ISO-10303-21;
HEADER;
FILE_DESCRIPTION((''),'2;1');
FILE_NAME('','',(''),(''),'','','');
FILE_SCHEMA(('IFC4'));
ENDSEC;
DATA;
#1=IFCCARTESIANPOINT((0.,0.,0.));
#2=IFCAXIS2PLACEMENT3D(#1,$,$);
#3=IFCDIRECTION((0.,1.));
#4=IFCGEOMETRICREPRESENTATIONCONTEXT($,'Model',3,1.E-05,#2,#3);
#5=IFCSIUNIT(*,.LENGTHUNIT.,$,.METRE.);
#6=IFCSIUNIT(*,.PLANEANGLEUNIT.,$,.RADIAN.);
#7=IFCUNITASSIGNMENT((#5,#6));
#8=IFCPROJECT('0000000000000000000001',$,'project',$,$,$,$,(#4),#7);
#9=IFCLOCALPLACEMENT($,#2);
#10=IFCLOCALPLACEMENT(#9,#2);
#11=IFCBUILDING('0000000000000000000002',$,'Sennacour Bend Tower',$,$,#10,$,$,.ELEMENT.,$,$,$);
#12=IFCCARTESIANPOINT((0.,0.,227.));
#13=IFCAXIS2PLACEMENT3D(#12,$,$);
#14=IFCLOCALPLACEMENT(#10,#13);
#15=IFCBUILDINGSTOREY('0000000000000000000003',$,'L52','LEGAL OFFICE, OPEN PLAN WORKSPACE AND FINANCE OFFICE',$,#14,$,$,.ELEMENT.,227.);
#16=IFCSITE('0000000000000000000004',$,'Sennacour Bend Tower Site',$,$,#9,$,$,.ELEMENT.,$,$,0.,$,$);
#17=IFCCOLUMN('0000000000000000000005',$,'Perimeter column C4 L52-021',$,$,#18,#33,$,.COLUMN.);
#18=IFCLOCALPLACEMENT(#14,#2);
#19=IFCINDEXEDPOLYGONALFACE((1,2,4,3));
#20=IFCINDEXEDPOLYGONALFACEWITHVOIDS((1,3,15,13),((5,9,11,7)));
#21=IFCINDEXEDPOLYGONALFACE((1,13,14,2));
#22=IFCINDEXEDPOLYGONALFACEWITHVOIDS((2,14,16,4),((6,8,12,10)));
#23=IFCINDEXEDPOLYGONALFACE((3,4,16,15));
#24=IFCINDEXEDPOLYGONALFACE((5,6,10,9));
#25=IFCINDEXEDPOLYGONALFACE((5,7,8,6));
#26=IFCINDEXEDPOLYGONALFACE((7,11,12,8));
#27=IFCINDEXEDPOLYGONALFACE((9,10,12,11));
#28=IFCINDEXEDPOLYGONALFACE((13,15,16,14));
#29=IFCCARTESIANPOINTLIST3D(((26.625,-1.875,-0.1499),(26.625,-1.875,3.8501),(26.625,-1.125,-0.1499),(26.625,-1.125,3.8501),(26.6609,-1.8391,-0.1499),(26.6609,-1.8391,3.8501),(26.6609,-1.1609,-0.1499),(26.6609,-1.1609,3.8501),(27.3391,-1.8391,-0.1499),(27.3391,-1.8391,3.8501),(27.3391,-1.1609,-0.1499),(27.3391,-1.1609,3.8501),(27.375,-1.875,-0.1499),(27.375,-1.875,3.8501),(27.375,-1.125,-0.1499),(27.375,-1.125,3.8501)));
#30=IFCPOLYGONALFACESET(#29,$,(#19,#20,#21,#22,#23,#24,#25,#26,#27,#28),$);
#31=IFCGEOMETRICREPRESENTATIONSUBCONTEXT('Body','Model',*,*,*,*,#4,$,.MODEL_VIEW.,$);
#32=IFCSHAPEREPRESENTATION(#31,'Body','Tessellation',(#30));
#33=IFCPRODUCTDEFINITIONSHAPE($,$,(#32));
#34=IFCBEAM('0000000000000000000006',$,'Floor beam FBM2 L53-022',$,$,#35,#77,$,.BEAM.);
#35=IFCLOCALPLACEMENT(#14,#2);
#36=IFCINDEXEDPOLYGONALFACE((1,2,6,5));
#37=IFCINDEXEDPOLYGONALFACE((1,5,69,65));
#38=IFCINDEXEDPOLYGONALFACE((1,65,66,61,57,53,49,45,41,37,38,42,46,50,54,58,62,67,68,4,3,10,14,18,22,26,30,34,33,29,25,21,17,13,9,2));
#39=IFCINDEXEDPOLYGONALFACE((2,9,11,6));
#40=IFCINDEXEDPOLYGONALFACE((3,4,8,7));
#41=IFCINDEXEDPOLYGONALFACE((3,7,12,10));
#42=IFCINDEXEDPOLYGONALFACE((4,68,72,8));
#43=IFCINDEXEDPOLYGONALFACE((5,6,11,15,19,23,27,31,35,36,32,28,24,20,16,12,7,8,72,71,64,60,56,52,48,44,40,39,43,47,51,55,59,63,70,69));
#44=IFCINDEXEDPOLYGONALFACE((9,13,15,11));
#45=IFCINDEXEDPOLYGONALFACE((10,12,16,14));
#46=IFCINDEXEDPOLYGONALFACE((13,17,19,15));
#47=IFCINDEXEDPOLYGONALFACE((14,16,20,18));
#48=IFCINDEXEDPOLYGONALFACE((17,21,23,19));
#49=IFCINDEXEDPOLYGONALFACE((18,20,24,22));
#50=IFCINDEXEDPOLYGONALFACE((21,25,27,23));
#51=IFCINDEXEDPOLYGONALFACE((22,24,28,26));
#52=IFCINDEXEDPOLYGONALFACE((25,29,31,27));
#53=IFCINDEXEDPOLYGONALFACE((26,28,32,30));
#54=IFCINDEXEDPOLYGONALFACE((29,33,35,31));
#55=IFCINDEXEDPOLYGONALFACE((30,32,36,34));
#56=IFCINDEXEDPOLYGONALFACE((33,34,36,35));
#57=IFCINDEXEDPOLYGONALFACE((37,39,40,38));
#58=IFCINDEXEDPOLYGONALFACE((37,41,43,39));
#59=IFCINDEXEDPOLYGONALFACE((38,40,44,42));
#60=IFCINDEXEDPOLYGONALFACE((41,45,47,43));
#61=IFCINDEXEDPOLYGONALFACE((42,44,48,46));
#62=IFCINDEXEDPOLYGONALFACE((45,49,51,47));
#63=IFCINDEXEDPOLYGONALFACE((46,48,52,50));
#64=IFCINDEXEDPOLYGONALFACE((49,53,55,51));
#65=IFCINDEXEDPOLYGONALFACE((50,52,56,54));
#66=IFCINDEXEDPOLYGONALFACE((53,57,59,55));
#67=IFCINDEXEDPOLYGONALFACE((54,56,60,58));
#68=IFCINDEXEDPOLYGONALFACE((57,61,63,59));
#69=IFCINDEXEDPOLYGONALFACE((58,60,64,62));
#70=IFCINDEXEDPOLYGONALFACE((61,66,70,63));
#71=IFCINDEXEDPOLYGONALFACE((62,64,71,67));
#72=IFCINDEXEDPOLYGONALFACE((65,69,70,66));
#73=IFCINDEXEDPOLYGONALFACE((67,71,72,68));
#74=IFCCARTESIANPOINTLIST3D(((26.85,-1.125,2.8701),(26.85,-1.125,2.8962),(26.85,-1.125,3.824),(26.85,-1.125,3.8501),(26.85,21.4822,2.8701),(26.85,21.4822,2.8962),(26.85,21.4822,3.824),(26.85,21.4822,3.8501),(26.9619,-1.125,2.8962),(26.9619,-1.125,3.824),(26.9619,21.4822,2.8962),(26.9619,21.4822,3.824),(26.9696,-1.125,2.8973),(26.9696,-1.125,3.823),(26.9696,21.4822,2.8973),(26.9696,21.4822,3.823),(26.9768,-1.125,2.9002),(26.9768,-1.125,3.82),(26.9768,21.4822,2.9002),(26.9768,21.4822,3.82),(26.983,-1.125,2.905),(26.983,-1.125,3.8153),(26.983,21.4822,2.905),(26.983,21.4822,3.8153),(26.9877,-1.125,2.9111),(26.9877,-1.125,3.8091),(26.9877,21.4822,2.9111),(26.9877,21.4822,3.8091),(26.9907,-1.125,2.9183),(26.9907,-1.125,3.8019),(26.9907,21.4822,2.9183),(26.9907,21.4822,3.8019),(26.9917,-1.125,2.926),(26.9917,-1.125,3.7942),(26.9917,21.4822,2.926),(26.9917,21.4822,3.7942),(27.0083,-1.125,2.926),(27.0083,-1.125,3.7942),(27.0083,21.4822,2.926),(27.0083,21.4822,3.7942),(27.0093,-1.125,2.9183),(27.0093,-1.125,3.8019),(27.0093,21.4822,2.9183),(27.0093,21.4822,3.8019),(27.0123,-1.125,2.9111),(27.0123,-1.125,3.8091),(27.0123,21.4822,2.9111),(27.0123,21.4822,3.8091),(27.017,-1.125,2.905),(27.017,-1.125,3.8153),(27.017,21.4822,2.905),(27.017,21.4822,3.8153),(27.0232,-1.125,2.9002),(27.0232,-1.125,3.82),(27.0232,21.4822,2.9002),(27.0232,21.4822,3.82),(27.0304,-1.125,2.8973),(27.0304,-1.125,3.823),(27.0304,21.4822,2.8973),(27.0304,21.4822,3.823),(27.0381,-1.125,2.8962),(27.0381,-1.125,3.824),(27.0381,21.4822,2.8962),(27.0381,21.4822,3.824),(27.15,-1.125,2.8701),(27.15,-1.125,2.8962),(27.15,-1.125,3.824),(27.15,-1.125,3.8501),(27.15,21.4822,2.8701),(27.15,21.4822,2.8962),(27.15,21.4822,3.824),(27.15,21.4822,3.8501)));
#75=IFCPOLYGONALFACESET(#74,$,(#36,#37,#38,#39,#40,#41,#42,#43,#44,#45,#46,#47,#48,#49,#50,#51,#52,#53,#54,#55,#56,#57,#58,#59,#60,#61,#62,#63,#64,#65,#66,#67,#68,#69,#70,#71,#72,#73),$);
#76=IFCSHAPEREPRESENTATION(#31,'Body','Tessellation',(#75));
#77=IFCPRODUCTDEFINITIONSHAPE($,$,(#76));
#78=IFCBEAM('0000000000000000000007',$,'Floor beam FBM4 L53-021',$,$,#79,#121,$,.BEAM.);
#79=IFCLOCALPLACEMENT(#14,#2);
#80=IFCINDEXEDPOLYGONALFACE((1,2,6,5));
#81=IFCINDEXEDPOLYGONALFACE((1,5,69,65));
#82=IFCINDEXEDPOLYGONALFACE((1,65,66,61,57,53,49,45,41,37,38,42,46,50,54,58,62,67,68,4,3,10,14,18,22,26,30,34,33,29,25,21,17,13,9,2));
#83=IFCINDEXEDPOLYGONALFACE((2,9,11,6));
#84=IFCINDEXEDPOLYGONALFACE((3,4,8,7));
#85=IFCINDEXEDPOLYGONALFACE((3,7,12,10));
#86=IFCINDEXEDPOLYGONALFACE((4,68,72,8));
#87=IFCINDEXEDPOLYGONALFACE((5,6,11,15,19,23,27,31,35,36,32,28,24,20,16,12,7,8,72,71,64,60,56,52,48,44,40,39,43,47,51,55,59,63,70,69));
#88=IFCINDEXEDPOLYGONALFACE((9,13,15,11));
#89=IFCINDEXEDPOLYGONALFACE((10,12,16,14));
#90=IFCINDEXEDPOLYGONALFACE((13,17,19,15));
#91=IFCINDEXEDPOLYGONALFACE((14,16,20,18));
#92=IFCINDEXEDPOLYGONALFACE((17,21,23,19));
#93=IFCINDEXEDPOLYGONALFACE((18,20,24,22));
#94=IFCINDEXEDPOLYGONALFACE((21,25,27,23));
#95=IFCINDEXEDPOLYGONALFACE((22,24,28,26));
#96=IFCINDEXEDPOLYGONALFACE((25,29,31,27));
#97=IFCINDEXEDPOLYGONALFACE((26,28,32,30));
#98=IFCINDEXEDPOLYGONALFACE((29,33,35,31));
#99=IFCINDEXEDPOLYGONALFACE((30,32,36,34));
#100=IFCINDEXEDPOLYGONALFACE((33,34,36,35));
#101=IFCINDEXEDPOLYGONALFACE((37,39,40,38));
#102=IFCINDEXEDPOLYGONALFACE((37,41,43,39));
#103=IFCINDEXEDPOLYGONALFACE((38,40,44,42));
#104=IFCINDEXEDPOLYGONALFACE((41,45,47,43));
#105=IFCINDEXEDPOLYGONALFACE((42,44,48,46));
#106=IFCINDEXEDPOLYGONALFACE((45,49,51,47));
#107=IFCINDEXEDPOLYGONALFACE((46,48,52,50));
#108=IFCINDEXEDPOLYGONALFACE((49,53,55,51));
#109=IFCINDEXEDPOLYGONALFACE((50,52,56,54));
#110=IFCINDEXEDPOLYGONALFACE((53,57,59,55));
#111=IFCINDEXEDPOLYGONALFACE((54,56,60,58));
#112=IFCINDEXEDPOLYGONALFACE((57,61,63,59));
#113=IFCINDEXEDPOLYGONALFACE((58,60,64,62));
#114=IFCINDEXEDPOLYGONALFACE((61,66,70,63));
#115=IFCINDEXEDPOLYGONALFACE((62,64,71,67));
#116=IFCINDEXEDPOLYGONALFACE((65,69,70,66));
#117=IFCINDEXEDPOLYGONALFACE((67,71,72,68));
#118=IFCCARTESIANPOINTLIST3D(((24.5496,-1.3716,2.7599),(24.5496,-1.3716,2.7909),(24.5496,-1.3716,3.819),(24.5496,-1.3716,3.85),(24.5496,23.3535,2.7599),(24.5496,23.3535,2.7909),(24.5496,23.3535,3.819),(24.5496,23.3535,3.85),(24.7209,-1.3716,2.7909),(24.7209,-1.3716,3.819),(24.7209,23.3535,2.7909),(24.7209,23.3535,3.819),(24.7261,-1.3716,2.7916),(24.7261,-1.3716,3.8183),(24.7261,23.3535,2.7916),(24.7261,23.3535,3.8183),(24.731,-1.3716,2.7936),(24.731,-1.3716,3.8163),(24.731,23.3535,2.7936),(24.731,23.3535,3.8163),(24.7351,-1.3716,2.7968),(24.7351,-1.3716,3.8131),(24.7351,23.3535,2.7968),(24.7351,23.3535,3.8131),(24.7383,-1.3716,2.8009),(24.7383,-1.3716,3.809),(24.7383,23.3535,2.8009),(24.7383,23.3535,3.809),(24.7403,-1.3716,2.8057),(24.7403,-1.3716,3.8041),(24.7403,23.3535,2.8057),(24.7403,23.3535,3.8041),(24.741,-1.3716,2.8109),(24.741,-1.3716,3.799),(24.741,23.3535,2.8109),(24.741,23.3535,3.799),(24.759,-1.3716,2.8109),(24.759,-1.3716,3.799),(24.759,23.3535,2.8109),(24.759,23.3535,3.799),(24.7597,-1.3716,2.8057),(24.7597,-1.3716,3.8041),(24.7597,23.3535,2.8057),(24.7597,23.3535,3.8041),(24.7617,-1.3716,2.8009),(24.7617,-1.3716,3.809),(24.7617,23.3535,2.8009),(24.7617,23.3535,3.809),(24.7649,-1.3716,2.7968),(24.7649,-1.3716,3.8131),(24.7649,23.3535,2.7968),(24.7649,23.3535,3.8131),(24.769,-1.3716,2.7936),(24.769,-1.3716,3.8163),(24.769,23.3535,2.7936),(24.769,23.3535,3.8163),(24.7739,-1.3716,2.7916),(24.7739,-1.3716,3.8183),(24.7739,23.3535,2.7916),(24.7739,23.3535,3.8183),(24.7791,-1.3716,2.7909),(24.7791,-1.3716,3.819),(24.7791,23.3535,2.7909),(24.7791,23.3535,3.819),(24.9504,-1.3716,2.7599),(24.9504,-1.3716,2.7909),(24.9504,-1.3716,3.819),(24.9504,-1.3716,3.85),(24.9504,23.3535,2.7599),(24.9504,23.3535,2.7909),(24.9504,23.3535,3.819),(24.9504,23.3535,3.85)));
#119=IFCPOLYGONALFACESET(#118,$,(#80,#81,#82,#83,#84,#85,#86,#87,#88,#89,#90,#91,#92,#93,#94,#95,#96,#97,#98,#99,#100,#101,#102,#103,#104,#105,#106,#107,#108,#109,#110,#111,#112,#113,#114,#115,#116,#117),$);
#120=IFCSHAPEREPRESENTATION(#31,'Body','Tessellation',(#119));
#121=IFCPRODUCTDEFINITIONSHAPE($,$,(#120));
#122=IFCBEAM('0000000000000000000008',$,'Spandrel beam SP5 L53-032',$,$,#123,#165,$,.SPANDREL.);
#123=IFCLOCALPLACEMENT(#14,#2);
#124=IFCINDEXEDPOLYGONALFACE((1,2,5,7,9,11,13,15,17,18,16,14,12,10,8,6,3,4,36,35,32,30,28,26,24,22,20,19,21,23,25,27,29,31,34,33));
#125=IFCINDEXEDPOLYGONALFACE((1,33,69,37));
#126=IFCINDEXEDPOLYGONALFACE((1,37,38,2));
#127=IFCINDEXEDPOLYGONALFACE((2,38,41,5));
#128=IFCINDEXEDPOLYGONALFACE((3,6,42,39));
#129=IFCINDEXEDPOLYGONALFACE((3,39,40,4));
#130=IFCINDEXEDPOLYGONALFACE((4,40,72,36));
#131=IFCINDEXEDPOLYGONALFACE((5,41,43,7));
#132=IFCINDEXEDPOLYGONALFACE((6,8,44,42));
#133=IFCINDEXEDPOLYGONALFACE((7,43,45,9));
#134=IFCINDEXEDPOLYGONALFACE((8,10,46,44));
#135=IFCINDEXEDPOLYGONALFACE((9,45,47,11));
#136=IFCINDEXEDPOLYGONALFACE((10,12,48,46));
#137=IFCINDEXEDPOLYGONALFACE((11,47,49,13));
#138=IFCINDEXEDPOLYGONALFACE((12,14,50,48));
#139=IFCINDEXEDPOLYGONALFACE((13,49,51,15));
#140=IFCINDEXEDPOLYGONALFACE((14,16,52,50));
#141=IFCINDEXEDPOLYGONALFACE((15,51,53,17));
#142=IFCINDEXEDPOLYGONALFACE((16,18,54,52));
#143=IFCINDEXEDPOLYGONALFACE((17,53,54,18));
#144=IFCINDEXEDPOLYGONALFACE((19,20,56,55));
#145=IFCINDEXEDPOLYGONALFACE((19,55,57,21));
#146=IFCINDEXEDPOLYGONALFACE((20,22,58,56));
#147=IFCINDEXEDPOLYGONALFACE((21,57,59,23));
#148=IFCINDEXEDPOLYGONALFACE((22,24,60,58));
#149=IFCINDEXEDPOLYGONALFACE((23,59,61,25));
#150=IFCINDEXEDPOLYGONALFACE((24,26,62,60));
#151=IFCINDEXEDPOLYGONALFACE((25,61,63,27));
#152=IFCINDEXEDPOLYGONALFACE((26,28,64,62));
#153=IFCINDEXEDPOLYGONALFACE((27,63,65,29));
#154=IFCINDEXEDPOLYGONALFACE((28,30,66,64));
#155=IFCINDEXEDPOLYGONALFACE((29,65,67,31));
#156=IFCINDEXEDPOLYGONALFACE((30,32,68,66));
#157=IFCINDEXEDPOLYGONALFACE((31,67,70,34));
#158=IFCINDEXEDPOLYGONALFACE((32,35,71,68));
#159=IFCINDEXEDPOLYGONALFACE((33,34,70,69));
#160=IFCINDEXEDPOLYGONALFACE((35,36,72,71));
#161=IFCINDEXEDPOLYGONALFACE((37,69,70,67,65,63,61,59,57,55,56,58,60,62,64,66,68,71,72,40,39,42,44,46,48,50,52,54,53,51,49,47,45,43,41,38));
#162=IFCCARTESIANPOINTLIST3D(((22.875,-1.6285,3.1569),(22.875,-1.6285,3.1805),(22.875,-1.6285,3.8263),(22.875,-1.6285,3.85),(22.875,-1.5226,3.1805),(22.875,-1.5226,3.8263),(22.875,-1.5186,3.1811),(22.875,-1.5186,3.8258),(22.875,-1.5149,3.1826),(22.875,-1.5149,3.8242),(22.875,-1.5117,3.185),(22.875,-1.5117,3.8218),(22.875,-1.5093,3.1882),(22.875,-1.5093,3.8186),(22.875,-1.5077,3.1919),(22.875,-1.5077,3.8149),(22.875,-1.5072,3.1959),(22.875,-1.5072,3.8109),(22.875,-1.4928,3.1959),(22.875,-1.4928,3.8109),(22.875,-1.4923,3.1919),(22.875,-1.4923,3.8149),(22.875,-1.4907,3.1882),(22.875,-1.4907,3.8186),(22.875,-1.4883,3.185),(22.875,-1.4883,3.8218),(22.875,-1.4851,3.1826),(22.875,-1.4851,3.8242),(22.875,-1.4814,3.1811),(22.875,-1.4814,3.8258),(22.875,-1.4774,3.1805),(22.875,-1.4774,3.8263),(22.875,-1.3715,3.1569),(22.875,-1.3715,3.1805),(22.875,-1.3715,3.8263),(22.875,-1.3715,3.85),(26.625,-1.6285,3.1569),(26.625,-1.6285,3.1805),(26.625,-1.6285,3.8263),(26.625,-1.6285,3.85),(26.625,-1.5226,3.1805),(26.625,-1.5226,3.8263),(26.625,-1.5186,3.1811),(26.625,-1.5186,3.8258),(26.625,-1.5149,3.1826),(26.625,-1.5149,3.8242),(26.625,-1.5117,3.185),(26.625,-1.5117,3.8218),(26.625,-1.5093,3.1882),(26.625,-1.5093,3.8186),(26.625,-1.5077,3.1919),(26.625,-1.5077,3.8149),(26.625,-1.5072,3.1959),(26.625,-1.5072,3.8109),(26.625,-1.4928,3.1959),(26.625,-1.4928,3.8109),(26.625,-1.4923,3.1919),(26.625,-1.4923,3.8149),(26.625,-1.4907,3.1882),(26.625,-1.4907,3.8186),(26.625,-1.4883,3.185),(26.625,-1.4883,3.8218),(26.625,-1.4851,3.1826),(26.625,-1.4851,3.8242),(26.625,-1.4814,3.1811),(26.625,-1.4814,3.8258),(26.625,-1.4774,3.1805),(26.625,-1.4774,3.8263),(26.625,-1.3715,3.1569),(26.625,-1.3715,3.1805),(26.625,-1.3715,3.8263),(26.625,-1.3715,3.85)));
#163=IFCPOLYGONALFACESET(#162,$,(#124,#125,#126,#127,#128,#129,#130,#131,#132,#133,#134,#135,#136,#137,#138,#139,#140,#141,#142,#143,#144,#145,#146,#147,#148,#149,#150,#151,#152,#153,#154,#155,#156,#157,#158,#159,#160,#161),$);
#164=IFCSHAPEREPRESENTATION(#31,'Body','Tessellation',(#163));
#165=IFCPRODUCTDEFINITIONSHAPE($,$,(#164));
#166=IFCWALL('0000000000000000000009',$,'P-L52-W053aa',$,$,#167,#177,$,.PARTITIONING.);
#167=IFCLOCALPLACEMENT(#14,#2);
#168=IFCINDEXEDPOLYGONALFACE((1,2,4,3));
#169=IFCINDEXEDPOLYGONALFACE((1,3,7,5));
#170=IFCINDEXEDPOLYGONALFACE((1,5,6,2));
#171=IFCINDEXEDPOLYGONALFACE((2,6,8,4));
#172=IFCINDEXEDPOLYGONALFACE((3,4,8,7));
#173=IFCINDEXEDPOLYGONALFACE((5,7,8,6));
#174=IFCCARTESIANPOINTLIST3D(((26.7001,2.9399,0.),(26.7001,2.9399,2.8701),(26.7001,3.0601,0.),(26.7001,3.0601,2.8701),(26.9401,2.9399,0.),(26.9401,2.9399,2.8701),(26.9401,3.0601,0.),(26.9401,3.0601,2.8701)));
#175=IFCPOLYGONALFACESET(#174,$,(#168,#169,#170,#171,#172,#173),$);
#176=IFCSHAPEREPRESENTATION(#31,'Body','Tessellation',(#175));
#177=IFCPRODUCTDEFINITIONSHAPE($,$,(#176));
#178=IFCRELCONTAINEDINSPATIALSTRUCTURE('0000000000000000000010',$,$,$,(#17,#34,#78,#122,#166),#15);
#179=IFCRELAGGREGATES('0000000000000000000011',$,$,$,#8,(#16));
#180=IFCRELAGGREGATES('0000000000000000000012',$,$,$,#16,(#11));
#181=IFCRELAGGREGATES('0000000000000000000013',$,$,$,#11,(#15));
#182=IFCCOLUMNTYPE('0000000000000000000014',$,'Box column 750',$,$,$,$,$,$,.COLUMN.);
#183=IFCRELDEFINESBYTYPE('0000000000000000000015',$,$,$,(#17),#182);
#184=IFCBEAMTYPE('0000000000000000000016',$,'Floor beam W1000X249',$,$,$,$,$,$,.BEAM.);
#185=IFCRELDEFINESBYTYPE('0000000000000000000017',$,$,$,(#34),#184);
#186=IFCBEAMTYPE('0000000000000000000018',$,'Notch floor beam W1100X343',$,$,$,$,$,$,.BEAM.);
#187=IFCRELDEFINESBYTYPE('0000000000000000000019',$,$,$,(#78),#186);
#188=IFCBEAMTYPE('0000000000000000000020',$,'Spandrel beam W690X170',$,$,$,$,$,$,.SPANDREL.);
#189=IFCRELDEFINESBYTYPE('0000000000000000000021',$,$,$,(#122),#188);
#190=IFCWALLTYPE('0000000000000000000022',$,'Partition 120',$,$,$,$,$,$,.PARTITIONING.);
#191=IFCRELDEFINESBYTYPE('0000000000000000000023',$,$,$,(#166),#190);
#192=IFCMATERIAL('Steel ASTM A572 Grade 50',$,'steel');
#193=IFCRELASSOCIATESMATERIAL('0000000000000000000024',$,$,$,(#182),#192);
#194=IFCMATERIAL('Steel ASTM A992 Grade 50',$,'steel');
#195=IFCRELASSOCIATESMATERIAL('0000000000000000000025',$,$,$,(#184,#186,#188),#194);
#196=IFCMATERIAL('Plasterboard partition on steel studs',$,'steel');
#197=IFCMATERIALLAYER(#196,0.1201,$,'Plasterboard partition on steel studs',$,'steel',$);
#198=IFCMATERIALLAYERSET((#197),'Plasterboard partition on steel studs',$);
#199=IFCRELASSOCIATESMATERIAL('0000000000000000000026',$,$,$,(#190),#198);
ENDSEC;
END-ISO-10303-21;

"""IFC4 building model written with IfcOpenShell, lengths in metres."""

from ifc_helpers import new_model, si_unit, direction, frame, frame_2d, origin, origin_2d, place, context, subcontext, project, spatial, rectangle, hollow_rectangle, i_section, extrude, material, layer, layer_set, material_profile, profile_set, type_object, element, save


model = new_model("IFC4")

# Units and contexts
model_context = context("Model", 3, precision=1e-05, world=origin(), true_north=direction((0.0, 1.0)))
body_context = subcontext(model_context, "Body", "Model", "MODEL_VIEW")
ifc_project = project(units=[si_unit("LENGTHUNIT", "METRE"), si_unit("PLANEANGLEUNIT", "RADIAN")], contexts=[model_context])

# Site, building, storey
site_placement = place(None, origin())
site = spatial("IfcSite", under=ifc_project, at=site_placement, Name="Sennacour Bend Tower Site", CompositionType="ELEMENT", RefElevation=0.0)
building_placement = place(site_placement, origin())
building = spatial("IfcBuilding", under=site, at=building_placement, Name="Sennacour Bend Tower", CompositionType="ELEMENT")
storey_placement = place(building_placement, frame((0.0, 0.0, 227.0)))
storey = spatial("IfcBuildingStorey", under=building, at=storey_placement, Name="L52", Description="LEGAL OFFICE, OPEN PLAN WORKSPACE AND FINANCE OFFICE", CompositionType="ELEMENT", Elevation=227.0)

# Column
ifc_material_1 = material(Name="Steel ASTM A572 Grade 50", Category="steel")
ifc_material_profile_1 = material_profile(ifc_material_1, hollow_rectangle(XDim=0.75, YDim=0.75, WallThickness=0.0359, at=origin_2d()), Name="Steel ASTM A572 Grade 50", Category="steel")
ifc_profile_set_1 = profile_set([ifc_material_profile_1], Name="Steel ASTM A572 Grade 50")
column_type = type_object("IfcColumnType", Name="Box column 750", PredefinedType="COLUMN", material=ifc_profile_set_1)
column_placement = place(storey_placement, frame((27.0, -1.5, -0.1499), z_axis=(0.0, 0.0, 1.0), x_axis=(1.0, 0.0, 0.0)))
element("IfcColumn", 1, at=column_placement, inside=storey, type_object=column_type, Name="Perimeter column C4 L52-021", PredefinedType="COLUMN", context=body_context, shape_type="SweptSolid", body=[
    extrude(hollow_rectangle(XDim=0.75, YDim=0.75, WallThickness=0.0359, at=origin_2d()), origin(), (0.0, 0.0, 1.0), 4.0),
])

# Beams
ifc_material_2 = material(Name="Steel ASTM A992 Grade 50", Category="steel")
ifc_material_profile_2 = material_profile(ifc_material_2, i_section(OverallWidth=0.3, OverallDepth=0.98, WebThickness=0.0166, FlangeThickness=0.0261, FilletRadius=0.0298, at=origin_2d()), Name="Steel ASTM A992 Grade 50", Category="steel")
ifc_profile_set_2 = profile_set([ifc_material_profile_2], Name="Steel ASTM A992 Grade 50")
beam_type_1 = type_object("IfcBeamType", Name="Floor beam W1000X249", PredefinedType="BEAM", material=ifc_profile_set_2)
beam_1_placement = place(storey_placement, frame((27.0, -1.125, 3.3601), z_axis=(0.0, 1.0, 0.0), x_axis=(-1.0, 0.0, 0.0)))
element("IfcBeam", 2, at=beam_1_placement, inside=storey, type_object=beam_type_1, Name="Floor beam FBM2 L53-022", PredefinedType="BEAM", context=body_context, shape_type="SweptSolid", body=[
    extrude(i_section(OverallWidth=0.3, OverallDepth=0.98, WebThickness=0.0166, FlangeThickness=0.0261, FilletRadius=0.0298, at=origin_2d()), origin(), (0.0, 0.0, 1.0), 22.6072),
])
ifc_material_profile_3 = material_profile(ifc_material_2, i_section(OverallWidth=0.4009, OverallDepth=1.0901, WebThickness=0.0181, FlangeThickness=0.031, FilletRadius=0.02, at=origin_2d()), Name="Steel ASTM A992 Grade 50", Category="steel")
ifc_profile_set_3 = profile_set([ifc_material_profile_3], Name="Steel ASTM A992 Grade 50")
beam_type_2 = type_object("IfcBeamType", Name="Notch floor beam W1100X343", PredefinedType="BEAM", material=ifc_profile_set_3)
beam_2_placement = place(storey_placement, frame((24.75, -1.3716, 3.3049), z_axis=(0.0, 1.0, 0.0), x_axis=(-1.0, 0.0, 0.0)))
element("IfcBeam", 3, at=beam_2_placement, inside=storey, type_object=beam_type_2, Name="Floor beam FBM4 L53-021", PredefinedType="BEAM", context=body_context, shape_type="SweptSolid", body=[
    extrude(i_section(OverallWidth=0.4009, OverallDepth=1.0901, WebThickness=0.0181, FlangeThickness=0.031, FilletRadius=0.02, at=origin_2d()), origin(), (0.0, 0.0, 1.0), 24.7251),
])
ifc_material_profile_4 = material_profile(ifc_material_2, i_section(OverallWidth=0.2571, OverallDepth=0.6931, WebThickness=0.0144, FlangeThickness=0.0237, FilletRadius=0.0154, at=origin_2d()), Name="Steel ASTM A992 Grade 50", Category="steel")
ifc_profile_set_4 = profile_set([ifc_material_profile_4], Name="Steel ASTM A992 Grade 50")
beam_type_3 = type_object("IfcBeamType", Name="Spandrel beam W690X170", PredefinedType="SPANDREL", material=ifc_profile_set_4)
beam_3_placement = place(storey_placement, frame((26.625, -1.5, 3.5034), z_axis=(-1.0, 0.0, 0.0), x_axis=(0.0, -1.0, 0.0)))
element("IfcBeam", 4, at=beam_3_placement, inside=storey, type_object=beam_type_3, Name="Spandrel beam SP5 L53-032", PredefinedType="SPANDREL", context=body_context, shape_type="SweptSolid", body=[
    extrude(i_section(OverallWidth=0.2571, OverallDepth=0.6931, WebThickness=0.0144, FlangeThickness=0.0237, FilletRadius=0.0154, at=origin_2d()), origin(), (0.0, 0.0, 1.0), 3.75),
])

# Wall
ifc_material_3 = material(Name="Plasterboard partition on steel studs", Category="steel")
ifc_layer_1 = layer(ifc_material_3, 0.1201, Name="Plasterboard partition on steel studs", Category="steel")
ifc_layer_set_1 = layer_set([ifc_layer_1], Name="Plasterboard partition on steel studs")
wall_type_1 = type_object("IfcWallType", Name="Partition 120", PredefinedType="PARTITIONING", material=ifc_layer_set_1)
wall_1_placement = place(storey_placement, frame((26.7, 3.0, 0.0), z_axis=(0.0, 0.0, 1.0), x_axis=(1.0, 0.0, 0.0)))
element("IfcWall", 5, at=wall_1_placement, inside=storey, type_object=wall_type_1, Name="P-L52-W053aa", PredefinedType="PARTITIONING", context=body_context, shape_type="SweptSolid", body=[
    extrude(rectangle(XDim=0.24, YDim=0.1201, at=frame_2d((0.1201, 0.0))), origin(), (0.0, 0.0, 1.0), 2.8701),
])

save(model, "model.ifc")
